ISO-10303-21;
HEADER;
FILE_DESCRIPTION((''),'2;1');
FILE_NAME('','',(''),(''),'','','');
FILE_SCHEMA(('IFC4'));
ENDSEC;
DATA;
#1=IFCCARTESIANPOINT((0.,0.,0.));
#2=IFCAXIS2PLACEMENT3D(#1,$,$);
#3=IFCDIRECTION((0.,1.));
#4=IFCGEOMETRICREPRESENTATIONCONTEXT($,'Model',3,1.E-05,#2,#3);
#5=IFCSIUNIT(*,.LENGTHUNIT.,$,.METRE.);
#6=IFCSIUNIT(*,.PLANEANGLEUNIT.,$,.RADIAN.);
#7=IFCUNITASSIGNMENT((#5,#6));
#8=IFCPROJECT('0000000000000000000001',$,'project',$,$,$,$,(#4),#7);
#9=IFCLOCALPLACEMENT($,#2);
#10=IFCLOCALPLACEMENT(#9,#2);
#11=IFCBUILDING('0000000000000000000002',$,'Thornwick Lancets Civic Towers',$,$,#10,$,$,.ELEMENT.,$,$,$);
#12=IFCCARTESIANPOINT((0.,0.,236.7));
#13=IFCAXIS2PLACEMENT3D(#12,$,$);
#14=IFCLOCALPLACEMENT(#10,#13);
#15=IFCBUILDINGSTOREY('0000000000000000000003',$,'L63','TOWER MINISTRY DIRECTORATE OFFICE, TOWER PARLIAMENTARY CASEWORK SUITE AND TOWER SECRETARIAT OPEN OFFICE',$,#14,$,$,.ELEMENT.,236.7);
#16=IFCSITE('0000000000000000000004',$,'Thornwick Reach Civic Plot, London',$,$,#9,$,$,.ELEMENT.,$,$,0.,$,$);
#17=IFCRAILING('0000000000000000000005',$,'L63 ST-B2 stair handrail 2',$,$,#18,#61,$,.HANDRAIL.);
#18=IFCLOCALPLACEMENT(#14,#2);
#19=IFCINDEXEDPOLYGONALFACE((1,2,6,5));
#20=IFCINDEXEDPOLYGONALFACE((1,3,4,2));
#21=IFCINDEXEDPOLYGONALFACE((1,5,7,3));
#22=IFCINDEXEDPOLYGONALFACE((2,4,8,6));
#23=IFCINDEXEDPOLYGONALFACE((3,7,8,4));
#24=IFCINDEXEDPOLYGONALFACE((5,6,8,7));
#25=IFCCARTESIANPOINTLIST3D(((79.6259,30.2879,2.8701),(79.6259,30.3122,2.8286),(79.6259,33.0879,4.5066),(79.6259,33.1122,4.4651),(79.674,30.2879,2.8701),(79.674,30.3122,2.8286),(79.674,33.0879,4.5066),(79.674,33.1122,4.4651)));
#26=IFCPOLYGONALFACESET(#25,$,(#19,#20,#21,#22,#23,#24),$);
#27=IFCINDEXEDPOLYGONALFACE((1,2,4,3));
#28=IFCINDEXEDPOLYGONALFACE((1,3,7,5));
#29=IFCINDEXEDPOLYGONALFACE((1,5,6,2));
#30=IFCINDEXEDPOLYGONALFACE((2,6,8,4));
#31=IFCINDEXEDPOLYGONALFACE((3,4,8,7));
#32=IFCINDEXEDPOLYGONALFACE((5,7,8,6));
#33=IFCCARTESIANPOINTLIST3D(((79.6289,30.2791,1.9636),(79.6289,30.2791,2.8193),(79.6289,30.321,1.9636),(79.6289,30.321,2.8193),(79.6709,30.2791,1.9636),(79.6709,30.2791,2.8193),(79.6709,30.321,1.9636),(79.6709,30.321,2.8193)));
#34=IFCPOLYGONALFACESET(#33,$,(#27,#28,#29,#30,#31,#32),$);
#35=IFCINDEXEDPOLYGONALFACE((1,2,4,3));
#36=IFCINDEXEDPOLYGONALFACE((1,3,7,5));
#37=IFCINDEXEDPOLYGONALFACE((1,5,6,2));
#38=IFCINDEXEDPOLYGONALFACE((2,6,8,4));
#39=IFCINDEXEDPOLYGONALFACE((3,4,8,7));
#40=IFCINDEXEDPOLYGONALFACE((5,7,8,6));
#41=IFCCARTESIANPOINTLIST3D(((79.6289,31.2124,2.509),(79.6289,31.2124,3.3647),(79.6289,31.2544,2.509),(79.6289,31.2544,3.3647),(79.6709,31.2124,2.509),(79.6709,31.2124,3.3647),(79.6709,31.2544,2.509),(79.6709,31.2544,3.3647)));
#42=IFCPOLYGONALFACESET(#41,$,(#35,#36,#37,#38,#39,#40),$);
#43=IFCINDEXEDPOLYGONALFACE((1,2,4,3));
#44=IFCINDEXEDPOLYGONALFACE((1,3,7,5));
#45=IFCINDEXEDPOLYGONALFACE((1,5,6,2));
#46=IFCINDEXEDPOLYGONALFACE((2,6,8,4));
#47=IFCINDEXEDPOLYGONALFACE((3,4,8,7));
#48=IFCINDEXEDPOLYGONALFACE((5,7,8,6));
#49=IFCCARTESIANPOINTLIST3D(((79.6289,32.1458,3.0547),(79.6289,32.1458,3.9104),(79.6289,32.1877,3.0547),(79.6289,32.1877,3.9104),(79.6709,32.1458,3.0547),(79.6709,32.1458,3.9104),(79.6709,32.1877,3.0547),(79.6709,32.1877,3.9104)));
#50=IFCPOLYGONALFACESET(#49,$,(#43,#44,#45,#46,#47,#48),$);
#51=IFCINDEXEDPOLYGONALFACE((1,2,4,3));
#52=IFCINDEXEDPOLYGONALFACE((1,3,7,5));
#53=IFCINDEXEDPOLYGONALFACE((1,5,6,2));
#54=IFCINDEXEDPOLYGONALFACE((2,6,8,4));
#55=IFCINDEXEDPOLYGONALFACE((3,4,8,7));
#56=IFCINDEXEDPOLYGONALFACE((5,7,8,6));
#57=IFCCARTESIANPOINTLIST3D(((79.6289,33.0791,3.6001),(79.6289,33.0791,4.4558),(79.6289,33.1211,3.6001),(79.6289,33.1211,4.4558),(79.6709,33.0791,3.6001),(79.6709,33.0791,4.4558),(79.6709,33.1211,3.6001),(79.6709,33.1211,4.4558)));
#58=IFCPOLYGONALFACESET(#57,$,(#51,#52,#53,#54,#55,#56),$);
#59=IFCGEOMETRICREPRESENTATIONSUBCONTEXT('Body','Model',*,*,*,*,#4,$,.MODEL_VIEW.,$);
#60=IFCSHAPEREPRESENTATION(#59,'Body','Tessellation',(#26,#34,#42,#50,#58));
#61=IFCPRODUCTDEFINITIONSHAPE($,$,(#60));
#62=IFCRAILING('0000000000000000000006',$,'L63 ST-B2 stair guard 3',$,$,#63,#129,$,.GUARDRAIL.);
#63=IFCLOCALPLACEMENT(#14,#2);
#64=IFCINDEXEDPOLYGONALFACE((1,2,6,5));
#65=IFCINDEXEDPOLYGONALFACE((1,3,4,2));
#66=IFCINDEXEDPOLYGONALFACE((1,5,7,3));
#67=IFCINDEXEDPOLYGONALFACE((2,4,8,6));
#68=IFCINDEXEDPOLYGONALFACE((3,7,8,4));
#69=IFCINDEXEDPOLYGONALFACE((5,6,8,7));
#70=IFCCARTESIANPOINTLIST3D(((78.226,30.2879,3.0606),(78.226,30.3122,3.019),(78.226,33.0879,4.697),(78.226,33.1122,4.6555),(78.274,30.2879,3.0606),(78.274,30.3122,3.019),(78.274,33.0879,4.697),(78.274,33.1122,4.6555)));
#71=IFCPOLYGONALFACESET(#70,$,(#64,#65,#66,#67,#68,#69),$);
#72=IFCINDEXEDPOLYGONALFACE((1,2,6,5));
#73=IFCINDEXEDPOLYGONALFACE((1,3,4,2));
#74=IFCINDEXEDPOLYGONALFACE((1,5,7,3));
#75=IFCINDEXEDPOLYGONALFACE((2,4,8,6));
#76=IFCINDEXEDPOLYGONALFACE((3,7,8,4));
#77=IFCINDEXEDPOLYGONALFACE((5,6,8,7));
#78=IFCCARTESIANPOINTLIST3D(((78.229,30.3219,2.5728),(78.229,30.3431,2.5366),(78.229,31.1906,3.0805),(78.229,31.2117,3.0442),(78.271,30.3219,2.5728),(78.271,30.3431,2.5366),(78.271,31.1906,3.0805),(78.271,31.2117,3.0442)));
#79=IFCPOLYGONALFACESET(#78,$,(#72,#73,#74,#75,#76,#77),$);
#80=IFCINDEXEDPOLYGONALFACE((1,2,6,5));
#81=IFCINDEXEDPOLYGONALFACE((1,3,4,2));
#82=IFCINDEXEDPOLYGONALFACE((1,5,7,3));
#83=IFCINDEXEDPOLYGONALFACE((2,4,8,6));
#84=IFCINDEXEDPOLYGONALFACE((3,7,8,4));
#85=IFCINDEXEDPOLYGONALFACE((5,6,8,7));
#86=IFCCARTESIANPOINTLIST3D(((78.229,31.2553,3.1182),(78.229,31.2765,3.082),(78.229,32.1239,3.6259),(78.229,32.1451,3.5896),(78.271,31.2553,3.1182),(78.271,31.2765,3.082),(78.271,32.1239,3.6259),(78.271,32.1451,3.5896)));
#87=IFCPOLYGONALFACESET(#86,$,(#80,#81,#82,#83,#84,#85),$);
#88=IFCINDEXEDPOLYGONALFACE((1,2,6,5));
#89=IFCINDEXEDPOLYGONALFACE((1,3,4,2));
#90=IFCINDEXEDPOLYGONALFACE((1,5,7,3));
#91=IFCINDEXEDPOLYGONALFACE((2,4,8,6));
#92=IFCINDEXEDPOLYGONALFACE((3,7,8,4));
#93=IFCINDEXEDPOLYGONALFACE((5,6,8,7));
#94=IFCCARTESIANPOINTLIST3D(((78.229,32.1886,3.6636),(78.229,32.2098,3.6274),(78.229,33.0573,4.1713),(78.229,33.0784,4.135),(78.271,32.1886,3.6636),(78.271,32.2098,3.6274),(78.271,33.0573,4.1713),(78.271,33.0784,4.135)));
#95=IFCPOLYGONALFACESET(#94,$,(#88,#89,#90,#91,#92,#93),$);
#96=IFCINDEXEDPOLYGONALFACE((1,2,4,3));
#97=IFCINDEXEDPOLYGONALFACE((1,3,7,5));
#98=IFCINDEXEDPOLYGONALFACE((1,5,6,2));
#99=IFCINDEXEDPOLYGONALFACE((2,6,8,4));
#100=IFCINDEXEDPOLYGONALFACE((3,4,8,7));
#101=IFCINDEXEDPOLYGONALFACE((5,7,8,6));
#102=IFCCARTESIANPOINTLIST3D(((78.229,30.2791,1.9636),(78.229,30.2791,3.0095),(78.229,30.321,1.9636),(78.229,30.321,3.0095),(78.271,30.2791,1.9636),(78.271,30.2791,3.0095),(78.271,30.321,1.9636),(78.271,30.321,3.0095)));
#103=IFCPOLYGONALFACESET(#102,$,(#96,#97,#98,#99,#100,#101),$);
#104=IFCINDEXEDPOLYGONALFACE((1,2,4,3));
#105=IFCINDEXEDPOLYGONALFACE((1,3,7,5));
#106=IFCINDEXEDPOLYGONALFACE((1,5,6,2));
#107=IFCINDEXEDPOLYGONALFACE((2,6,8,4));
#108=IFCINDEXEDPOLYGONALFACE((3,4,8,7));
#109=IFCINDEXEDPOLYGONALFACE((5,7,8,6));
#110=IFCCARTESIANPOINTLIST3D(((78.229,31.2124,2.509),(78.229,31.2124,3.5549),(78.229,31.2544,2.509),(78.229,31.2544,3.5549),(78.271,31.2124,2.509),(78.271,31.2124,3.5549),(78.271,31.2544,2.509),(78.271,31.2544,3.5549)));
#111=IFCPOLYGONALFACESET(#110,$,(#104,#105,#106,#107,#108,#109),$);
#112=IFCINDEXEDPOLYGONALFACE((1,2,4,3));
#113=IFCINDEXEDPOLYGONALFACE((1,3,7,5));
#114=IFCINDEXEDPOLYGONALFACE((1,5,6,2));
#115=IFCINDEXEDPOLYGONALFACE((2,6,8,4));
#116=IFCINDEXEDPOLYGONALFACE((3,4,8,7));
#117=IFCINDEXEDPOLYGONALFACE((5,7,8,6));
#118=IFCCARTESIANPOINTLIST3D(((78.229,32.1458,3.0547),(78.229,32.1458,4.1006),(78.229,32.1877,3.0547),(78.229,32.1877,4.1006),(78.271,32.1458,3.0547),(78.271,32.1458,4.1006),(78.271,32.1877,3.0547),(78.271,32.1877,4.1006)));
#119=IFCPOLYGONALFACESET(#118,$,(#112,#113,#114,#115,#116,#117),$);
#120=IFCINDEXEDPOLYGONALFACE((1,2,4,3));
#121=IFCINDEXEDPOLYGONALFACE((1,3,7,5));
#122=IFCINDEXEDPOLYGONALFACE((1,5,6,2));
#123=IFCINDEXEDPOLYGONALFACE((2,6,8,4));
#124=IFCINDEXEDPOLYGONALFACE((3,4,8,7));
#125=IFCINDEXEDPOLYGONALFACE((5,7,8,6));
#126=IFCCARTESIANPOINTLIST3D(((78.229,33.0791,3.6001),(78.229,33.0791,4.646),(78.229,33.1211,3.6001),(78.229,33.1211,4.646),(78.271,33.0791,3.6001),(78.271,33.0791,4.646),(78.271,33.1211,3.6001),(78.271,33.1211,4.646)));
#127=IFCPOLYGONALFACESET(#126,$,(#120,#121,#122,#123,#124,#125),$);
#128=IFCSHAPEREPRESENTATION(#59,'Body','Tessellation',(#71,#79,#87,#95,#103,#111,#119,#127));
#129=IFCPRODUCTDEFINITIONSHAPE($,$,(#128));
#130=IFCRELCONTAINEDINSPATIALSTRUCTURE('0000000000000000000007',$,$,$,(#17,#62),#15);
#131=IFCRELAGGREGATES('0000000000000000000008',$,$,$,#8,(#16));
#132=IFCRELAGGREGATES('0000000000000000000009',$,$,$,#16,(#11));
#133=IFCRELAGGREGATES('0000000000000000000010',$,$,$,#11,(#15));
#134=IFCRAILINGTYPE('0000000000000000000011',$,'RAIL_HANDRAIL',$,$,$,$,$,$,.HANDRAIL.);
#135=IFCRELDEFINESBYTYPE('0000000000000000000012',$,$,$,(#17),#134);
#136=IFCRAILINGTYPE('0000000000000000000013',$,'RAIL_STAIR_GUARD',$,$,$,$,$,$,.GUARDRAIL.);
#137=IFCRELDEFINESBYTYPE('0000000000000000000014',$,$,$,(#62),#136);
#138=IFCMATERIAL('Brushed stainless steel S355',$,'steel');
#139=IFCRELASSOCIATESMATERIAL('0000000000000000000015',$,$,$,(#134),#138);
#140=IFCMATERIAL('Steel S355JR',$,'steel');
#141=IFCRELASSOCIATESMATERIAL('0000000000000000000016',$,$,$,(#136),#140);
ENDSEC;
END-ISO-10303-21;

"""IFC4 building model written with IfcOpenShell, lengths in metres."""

from ifc_helpers import new_model, si_unit, direction, frame, origin, origin_2d, place, context, subcontext, project, spatial, rectangle, extrude, material, type_object, element, save


model = new_model("IFC4")

# Units and contexts
model_context = context("Model", 3, precision=1e-05, world=origin(), true_north=direction((0.0, 1.0)))
body_context = subcontext(model_context, "Body", "Model", "MODEL_VIEW")
ifc_project = project(units=[si_unit("LENGTHUNIT", "METRE"), si_unit("PLANEANGLEUNIT", "RADIAN")], contexts=[model_context])

# Site, building, storey
site_placement = place(None, origin())
site = spatial("IfcSite", under=ifc_project, at=site_placement, Name="Thornwick Reach Civic Plot, London", CompositionType="ELEMENT", RefElevation=0.0)
building_placement = place(site_placement, origin())
building = spatial("IfcBuilding", under=site, at=building_placement, Name="Thornwick Lancets Civic Towers", CompositionType="ELEMENT")
storey_placement = place(building_placement, frame((0.0, 0.0, 236.7)))
storey = spatial("IfcBuildingStorey", under=building, at=storey_placement, Name="L63", Description="TOWER MINISTRY DIRECTORATE OFFICE, TOWER PARLIAMENTARY CASEWORK SUITE AND TOWER SECRETARIAT OPEN OFFICE", CompositionType="ELEMENT", Elevation=236.7)

# Shared definitions
ifc_material_1 = material(Name="Steel S355JR", Category="steel")

# Railings
ifc_material_2 = material(Name="Brushed stainless steel S355", Category="steel")
railing_type_1 = type_object("IfcRailingType", Name="RAIL_HANDRAIL", PredefinedType="HANDRAIL", material=ifc_material_2)
railing_1_placement = place(storey_placement, frame((79.6499, 30.3, 1.9636)))
element("IfcRailing", 1, at=railing_1_placement, inside=storey, type_object=railing_type_1, Name="L63 ST-B2 stair handrail 2", PredefinedType="HANDRAIL", context=body_context, shape_type="SweptSolid", body=[
    extrude(rectangle(XDim=0.0481, YDim=0.0481, at=origin_2d()), frame((0.0, 0.0, 0.8857), z_axis=(0.0, 0.863361, 0.504587), x_axis=(-1.0, 0.0, 0.0)), (0.0, 0.0, 1.0), 3.2432),
    extrude(rectangle(XDim=0.042, YDim=0.042, at=origin_2d()), origin(), (0.0, 0.0, 1.0), 0.8557),
    extrude(rectangle(XDim=0.042, YDim=0.042, at=origin_2d()), frame((0.0, 0.9333, 0.5454)), (0.0, 0.0, 1.0), 0.8557),
    extrude(rectangle(XDim=0.042, YDim=0.042, at=origin_2d()), frame((0.0, 1.8667, 1.0911)), (0.0, 0.0, 1.0), 0.8557),
    extrude(rectangle(XDim=0.042, YDim=0.042, at=origin_2d()), frame((0.0, 2.8, 1.6365)), (0.0, 0.0, 1.0), 0.8557),
])
railing_type_2 = type_object("IfcRailingType", Name="RAIL_STAIR_GUARD", PredefinedType="GUARDRAIL", material=ifc_material_1)
railing_2_placement = place(storey_placement, frame((78.25, 30.3, 1.9636)))
element("IfcRailing", 2, at=railing_2_placement, inside=storey, type_object=railing_type_2, Name="L63 ST-B2 stair guard 3", PredefinedType="GUARDRAIL", context=body_context, shape_type="SweptSolid", body=[
    extrude(rectangle(XDim=0.0481, YDim=0.0481, at=origin_2d()), frame((0.0, 0.0, 1.0762), z_axis=(0.0, 0.863361, 0.504587), x_axis=(-1.0, 0.0, 0.0)), (0.0, 0.0, 1.0), 3.2432),
    extrude(rectangle(XDim=0.042, YDim=0.042, at=origin_2d()), frame((0.0, 0.0325, 0.5911), z_axis=(0.0, 0.863361, 0.504587), x_axis=(-1.0, 0.0, 0.0)), (0.0, 0.0, 1.0), 1.0061),
    extrude(rectangle(XDim=0.042, YDim=0.042, at=origin_2d()), frame((0.0, 0.9658, 1.1365), z_axis=(0.0, 0.863361, 0.504587), x_axis=(-1.0, 0.0, 0.0)), (0.0, 0.0, 1.0), 1.0061),
    extrude(rectangle(XDim=0.042, YDim=0.042, at=origin_2d()), frame((0.0, 1.8992, 1.6819), z_axis=(0.0, 0.863361, 0.504587), x_axis=(-1.0, 0.0, 0.0)), (0.0, 0.0, 1.0), 1.0061),
    extrude(rectangle(XDim=0.042, YDim=0.042, at=origin_2d()), origin(), (0.0, 0.0, 1.0), 1.0459),
    extrude(rectangle(XDim=0.042, YDim=0.042, at=origin_2d()), frame((0.0, 0.9333, 0.5454)), (0.0, 0.0, 1.0), 1.0459),
    extrude(rectangle(XDim=0.042, YDim=0.042, at=origin_2d()), frame((0.0, 1.8667, 1.0911)), (0.0, 0.0, 1.0), 1.0459),
    extrude(rectangle(XDim=0.042, YDim=0.042, at=origin_2d()), frame((0.0, 2.8, 1.6365)), (0.0, 0.0, 1.0), 1.0459),
])

save(model, "model.ifc")
